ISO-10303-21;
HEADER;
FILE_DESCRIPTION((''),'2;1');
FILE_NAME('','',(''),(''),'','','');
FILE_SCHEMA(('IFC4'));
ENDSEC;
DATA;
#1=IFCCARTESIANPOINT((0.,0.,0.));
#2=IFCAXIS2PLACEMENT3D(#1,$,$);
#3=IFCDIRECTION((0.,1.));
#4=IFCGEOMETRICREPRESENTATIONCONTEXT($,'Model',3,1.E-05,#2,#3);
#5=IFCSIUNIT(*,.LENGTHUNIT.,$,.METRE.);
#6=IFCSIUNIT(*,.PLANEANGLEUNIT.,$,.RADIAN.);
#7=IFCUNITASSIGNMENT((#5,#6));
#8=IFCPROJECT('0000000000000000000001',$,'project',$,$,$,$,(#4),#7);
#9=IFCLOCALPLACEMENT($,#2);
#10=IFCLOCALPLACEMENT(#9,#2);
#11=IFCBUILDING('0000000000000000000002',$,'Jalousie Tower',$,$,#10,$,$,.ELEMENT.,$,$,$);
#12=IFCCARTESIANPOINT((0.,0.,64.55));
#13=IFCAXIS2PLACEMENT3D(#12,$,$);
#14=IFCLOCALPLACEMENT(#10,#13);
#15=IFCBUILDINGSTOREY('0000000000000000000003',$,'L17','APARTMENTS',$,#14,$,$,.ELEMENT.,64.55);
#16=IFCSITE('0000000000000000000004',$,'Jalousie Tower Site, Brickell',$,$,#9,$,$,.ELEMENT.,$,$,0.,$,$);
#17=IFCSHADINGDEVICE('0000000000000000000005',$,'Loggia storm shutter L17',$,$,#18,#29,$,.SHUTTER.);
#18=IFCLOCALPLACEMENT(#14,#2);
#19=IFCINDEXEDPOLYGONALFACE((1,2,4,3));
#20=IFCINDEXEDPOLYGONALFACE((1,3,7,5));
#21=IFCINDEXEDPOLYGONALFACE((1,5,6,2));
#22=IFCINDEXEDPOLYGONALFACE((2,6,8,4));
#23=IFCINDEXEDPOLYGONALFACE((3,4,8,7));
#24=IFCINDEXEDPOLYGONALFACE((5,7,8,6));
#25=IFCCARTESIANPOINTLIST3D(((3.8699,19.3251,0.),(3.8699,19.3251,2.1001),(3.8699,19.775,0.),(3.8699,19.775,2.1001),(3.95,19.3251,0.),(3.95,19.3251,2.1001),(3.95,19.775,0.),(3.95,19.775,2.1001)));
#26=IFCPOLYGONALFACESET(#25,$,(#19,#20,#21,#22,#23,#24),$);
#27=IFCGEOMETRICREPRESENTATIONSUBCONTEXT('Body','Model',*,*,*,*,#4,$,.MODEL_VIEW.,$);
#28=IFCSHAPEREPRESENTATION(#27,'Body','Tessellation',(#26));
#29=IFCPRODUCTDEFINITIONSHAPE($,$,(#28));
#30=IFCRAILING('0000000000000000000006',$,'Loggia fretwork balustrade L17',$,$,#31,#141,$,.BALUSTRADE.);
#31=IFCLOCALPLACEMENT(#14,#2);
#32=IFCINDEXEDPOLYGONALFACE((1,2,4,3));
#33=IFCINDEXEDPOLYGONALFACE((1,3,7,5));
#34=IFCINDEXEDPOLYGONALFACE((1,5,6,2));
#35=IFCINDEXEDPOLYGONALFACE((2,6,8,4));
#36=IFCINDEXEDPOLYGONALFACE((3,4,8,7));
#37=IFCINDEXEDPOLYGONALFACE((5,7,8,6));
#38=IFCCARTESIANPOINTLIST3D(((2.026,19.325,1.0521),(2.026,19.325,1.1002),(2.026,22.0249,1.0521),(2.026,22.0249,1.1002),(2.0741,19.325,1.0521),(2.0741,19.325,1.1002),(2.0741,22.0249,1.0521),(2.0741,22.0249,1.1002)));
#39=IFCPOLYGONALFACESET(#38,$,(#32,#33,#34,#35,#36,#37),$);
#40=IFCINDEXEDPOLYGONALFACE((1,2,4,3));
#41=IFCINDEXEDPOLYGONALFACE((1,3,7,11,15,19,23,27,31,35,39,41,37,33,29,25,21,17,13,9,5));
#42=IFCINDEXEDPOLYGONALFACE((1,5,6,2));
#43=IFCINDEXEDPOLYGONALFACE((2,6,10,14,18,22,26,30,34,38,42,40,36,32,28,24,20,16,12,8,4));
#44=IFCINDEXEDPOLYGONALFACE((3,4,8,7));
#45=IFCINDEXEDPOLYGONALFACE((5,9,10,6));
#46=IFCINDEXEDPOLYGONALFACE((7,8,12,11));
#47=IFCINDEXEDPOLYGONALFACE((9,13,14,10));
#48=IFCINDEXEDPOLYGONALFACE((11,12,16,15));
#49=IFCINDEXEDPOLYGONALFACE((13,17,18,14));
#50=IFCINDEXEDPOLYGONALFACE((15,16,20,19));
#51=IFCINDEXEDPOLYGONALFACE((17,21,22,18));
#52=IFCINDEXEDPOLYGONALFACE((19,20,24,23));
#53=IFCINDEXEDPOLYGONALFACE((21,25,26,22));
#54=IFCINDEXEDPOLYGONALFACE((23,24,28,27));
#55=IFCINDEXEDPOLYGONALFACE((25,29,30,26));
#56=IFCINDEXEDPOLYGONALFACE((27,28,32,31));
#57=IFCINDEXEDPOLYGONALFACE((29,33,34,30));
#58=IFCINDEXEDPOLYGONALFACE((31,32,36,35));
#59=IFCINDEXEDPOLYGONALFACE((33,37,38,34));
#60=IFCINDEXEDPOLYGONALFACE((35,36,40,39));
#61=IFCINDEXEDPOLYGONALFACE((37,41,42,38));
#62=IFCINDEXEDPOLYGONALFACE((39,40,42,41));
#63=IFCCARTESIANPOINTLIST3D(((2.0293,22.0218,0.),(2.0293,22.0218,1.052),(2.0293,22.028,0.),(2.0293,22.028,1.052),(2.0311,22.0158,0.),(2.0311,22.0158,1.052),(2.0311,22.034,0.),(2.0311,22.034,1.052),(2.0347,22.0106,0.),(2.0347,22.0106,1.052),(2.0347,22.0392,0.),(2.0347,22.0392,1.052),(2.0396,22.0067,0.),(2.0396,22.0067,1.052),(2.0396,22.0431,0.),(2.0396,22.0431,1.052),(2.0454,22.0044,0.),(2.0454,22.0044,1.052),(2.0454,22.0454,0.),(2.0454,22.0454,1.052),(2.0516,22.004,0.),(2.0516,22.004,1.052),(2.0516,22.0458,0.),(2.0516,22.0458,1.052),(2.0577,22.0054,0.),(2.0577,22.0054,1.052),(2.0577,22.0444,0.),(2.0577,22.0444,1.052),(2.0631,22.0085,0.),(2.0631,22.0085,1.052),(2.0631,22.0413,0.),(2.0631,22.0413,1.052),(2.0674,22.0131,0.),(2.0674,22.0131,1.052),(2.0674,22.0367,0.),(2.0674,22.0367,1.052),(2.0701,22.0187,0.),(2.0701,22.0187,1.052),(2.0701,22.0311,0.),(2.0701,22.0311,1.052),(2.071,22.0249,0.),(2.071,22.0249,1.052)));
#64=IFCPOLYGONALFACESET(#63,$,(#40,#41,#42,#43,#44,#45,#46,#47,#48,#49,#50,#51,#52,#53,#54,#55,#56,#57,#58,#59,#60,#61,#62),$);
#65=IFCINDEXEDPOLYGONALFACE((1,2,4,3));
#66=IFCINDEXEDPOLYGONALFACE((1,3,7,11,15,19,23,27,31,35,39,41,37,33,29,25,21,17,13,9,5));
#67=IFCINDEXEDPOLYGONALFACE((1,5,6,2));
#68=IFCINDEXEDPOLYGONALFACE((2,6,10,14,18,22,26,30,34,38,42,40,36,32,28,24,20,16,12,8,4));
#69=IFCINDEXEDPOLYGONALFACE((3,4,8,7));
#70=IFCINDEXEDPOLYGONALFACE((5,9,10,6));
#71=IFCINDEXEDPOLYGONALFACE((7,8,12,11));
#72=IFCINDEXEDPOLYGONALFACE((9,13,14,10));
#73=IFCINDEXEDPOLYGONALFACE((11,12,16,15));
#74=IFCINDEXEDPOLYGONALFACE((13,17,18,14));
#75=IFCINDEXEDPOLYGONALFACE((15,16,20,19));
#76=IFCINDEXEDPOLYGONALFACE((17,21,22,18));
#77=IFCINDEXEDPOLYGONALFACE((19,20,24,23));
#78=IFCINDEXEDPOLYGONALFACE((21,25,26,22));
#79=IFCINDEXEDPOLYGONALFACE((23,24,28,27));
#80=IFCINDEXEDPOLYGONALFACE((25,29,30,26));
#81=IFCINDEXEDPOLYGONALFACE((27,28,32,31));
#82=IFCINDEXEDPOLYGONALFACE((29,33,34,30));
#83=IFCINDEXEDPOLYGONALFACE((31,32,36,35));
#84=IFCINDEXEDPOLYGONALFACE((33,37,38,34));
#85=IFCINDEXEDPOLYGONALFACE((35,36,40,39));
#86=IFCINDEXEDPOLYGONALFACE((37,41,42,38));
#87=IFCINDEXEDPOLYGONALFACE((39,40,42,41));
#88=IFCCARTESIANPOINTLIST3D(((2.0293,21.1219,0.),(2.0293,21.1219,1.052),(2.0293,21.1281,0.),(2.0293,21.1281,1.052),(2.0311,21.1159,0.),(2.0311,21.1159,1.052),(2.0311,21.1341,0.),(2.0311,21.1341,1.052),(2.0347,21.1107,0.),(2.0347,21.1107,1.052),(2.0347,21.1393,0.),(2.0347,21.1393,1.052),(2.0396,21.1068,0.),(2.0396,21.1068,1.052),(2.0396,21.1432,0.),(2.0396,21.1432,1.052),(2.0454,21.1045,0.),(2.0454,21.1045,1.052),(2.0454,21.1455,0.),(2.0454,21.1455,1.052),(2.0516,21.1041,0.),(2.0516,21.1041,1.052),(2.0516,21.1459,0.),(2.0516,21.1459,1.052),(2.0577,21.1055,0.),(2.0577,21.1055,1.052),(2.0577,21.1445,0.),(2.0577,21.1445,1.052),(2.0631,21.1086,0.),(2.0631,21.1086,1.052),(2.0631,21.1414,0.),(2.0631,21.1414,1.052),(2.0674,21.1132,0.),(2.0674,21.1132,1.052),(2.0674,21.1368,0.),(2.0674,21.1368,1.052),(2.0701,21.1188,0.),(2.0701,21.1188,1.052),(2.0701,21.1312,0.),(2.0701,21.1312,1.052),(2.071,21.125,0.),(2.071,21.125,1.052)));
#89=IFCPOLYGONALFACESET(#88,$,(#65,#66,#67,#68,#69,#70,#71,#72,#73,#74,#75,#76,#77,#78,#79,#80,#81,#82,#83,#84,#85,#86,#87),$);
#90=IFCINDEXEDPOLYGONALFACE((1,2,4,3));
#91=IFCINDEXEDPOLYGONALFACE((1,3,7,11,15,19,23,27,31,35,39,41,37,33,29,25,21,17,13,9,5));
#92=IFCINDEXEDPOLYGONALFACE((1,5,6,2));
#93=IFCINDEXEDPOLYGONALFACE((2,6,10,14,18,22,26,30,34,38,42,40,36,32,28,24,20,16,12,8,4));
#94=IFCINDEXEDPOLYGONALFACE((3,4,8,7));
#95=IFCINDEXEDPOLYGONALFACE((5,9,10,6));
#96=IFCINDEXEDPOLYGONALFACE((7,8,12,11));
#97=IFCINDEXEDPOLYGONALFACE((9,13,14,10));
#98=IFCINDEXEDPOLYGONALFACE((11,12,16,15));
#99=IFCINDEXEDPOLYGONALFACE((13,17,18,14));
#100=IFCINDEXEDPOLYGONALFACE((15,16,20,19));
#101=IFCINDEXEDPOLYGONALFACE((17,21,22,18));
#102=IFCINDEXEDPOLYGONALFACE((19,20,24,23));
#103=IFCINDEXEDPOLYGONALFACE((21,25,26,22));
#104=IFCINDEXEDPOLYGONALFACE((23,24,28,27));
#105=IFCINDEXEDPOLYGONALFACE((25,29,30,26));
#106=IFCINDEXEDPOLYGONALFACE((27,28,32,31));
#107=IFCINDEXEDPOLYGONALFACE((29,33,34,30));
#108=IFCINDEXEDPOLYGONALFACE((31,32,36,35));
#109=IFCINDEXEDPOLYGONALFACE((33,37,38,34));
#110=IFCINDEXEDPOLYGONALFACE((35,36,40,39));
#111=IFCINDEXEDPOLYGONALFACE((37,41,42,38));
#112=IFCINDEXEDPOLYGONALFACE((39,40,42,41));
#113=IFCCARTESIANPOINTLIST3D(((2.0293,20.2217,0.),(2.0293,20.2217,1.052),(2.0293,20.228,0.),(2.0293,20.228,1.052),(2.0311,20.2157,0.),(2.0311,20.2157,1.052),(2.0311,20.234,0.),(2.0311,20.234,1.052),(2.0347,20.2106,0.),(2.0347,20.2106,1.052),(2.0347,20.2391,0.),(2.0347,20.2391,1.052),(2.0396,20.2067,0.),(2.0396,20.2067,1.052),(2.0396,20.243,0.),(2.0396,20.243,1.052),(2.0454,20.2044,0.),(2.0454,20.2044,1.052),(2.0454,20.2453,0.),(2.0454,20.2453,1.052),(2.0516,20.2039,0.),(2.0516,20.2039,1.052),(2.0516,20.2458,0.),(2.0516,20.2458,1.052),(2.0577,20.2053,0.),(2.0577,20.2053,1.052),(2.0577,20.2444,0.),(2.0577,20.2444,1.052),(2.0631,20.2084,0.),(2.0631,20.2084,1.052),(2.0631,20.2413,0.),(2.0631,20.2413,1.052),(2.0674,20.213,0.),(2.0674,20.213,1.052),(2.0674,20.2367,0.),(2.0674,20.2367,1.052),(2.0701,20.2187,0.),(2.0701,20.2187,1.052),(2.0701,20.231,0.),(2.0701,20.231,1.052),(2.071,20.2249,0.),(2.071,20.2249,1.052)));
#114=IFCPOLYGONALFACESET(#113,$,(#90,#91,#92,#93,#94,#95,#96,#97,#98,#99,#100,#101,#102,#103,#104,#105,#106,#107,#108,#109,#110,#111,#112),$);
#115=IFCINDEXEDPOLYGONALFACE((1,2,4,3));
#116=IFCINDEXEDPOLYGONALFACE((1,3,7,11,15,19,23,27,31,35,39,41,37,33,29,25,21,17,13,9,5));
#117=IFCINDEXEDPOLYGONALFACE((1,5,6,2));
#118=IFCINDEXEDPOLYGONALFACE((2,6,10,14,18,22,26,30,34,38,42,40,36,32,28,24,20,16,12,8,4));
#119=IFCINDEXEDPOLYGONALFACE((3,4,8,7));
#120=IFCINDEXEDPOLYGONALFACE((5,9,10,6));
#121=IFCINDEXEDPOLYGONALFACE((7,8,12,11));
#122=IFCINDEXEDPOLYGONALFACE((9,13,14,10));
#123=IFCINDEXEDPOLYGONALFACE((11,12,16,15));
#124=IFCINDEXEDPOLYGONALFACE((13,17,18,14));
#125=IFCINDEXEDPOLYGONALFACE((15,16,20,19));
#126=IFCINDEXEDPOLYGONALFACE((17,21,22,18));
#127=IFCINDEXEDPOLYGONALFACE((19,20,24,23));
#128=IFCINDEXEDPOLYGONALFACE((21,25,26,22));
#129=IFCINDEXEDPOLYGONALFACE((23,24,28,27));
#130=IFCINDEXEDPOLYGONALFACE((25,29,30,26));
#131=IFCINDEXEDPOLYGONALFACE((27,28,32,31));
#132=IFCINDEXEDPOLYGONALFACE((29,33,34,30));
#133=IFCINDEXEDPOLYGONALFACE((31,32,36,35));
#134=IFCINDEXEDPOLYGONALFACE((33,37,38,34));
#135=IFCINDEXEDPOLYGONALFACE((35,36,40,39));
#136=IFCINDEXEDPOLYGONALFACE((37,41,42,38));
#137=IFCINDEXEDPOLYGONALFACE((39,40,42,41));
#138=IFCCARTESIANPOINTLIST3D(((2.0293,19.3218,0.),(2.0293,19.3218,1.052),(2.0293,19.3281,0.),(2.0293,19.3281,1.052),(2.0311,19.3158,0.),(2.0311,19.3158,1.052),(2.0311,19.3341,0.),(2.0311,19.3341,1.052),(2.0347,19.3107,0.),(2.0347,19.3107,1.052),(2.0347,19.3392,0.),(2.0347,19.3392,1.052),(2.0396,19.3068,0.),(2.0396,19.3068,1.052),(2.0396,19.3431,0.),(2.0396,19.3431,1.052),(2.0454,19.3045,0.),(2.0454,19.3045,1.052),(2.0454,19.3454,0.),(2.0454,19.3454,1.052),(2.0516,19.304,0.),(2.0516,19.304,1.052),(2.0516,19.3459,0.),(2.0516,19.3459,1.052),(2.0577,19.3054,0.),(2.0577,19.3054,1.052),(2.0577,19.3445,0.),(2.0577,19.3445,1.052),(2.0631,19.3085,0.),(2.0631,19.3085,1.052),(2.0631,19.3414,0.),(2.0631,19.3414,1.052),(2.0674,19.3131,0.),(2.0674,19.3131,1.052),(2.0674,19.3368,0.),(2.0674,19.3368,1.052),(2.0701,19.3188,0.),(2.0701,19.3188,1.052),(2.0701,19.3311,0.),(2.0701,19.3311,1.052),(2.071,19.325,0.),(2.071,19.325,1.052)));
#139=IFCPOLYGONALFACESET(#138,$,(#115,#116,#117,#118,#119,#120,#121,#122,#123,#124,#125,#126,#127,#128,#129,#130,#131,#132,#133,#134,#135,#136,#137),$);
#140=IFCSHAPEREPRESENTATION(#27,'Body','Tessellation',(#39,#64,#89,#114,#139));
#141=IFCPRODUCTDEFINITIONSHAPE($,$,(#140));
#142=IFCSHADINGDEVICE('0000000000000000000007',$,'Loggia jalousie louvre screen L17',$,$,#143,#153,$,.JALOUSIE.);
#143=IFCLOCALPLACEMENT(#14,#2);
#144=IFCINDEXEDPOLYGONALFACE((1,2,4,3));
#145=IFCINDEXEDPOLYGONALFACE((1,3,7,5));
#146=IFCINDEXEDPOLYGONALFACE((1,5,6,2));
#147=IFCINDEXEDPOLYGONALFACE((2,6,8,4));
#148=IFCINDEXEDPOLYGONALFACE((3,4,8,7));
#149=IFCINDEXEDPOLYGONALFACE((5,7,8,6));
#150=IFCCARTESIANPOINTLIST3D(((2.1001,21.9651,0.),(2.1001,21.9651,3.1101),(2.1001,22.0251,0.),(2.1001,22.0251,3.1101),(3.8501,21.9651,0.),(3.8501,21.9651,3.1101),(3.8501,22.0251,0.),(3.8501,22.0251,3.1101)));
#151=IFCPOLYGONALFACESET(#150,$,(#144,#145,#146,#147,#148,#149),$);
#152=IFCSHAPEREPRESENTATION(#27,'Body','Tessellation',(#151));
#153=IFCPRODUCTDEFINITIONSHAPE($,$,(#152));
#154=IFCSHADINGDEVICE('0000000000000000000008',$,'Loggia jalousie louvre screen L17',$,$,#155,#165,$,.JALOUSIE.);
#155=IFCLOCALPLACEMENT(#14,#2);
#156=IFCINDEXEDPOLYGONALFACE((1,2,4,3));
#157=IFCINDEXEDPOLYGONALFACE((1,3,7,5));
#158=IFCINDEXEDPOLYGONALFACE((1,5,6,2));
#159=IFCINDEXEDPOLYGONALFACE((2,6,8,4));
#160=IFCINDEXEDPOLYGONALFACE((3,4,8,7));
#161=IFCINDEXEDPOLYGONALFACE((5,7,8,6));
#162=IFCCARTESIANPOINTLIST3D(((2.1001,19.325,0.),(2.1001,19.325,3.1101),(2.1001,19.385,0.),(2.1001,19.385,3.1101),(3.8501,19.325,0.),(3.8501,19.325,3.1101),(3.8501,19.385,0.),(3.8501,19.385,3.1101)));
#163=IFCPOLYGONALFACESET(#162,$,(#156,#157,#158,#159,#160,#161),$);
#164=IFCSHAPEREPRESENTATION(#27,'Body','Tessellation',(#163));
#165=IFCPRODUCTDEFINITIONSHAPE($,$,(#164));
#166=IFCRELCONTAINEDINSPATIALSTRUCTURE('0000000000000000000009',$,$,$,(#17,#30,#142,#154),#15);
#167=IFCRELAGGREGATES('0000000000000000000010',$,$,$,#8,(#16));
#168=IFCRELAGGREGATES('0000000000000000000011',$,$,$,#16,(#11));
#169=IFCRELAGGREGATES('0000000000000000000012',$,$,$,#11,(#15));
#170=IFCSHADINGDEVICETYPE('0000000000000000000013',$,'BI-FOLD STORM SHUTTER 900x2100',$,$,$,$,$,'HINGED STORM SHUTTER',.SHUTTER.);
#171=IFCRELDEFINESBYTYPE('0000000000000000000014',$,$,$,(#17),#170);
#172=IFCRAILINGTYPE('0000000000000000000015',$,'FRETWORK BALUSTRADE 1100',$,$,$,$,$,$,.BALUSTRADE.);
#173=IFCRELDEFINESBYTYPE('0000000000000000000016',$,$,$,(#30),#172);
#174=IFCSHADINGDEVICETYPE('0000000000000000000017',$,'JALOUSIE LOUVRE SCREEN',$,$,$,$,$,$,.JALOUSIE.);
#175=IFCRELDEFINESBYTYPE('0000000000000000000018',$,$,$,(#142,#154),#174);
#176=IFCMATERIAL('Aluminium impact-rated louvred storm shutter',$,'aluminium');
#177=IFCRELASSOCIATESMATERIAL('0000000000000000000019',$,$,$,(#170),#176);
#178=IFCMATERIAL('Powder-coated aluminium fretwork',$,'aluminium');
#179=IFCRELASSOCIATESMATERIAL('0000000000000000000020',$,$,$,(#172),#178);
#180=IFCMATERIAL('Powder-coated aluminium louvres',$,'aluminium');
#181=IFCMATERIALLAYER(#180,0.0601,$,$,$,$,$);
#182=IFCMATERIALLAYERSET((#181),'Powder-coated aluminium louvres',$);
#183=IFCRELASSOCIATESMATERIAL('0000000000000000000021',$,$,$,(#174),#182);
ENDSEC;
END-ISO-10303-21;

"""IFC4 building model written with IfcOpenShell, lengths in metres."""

from ifc_helpers import new_model, si_unit, direction, frame, origin, origin_2d, place, context, subcontext, project, spatial, rectangle, circle, extrude, material, layer, layer_set, type_object, element, save


model = new_model("IFC4")

# Units and contexts
model_context = context("Model", 3, precision=1e-05, world=origin(), true_north=direction((0.0, 1.0)))
body_context = subcontext(model_context, "Body", "Model", "MODEL_VIEW")
ifc_project = project(units=[si_unit("LENGTHUNIT", "METRE"), si_unit("PLANEANGLEUNIT", "RADIAN")], contexts=[model_context])

# Site, building, storey
site_placement = place(None, origin())
site = spatial("IfcSite", under=ifc_project, at=site_placement, Name="Jalousie Tower Site, Brickell", CompositionType="ELEMENT", RefElevation=0.0)
building_placement = place(site_placement, origin())
building = spatial("IfcBuilding", under=site, at=building_placement, Name="Jalousie Tower", CompositionType="ELEMENT")
storey_placement = place(building_placement, frame((0.0, 0.0, 64.55)))
storey = spatial("IfcBuildingStorey", under=building, at=storey_placement, Name="L17", Description="APARTMENTS", CompositionType="ELEMENT", Elevation=64.55)

# Shading device
ifc_material_1 = material(Name="Aluminium impact-rated louvred storm shutter", Category="aluminium")
shading_device_type_1 = type_object("IfcShadingDeviceType", Name="BI-FOLD STORM SHUTTER 900x2100", ElementType="HINGED STORM SHUTTER", PredefinedType="SHUTTER", material=ifc_material_1)
for number, where, z_axis, x_axis, name in (
    (1, (3.9099, 19.55, 0.0), (0.0, 0.0, 1.0), (0.0, -1.0, 0.0), "Loggia storm shutter L17"),
):
    element("IfcShadingDevice", number, at=place(storey_placement, frame(where, z_axis=z_axis, x_axis=x_axis)), inside=storey, type_object=shading_device_type_1, Name=name, PredefinedType="SHUTTER", context=body_context, shape_type="SweptSolid", body=[
        extrude(rectangle(XDim=0.45, YDim=0.0801, at=origin_2d()), origin(), (0.0, 0.0, 1.0), 2.1001),
    ])

# Railing
ifc_material_2 = material(Name="Powder-coated aluminium fretwork", Category="aluminium")
railing_type = type_object("IfcRailingType", Name="FRETWORK BALUSTRADE 1100", PredefinedType="BALUSTRADE", material=ifc_material_2)
railing_placement = place(storey_placement, frame((2.05, 22.0249, 0.0)))
element("IfcRailing", 2, at=railing_placement, inside=storey, type_object=railing_type, Name="Loggia fretwork balustrade L17", PredefinedType="BALUSTRADE", context=body_context, shape_type="SweptSolid", body=[
    extrude(rectangle(XDim=0.0481, YDim=0.0481, at=origin_2d()), frame((0.0, 0.0, 1.0762), z_axis=(0.0, -1.0, 0.0), x_axis=(1.0, 0.0, 0.0)), (0.0, 0.0, 1.0), 2.7),
    extrude(circle(Radius=0.021, at=origin_2d()), origin(), (0.0, 0.0, 1.0), 1.052),
    extrude(circle(Radius=0.021, at=origin_2d()), frame((0.0, -0.8999, 0.0)), (0.0, 0.0, 1.0), 1.052),
    extrude(circle(Radius=0.021, at=origin_2d()), frame((0.0, -1.8, 0.0)), (0.0, 0.0, 1.0), 1.052),
    extrude(circle(Radius=0.021, at=origin_2d()), frame((0.0, -2.7, 0.0)), (0.0, 0.0, 1.0), 1.052),
])

# Shading devices
ifc_material_3 = material(Name="Powder-coated aluminium louvres", Category="aluminium")
ifc_layer_1 = layer(ifc_material_3, 0.0601)
ifc_layer_set_1 = layer_set([ifc_layer_1], Name="Powder-coated aluminium louvres")
shading_device_type_2 = type_object("IfcShadingDeviceType", Name="JALOUSIE LOUVRE SCREEN", PredefinedType="JALOUSIE", material=ifc_layer_set_1)
for number, where, z_axis, x_axis, name in (
    (3, (2.9751, 21.9951, 0.0), (0.0, 0.0, 1.0), (0.0, -1.0, 0.0), "Loggia jalousie louvre screen L17"),
    (4, (2.9751, 19.355, 0.0), (0.0, 0.0, 1.0), (0.0, -1.0, 0.0), "Loggia jalousie louvre screen L17"),
):
    element("IfcShadingDevice", number, at=place(storey_placement, frame(where, z_axis=z_axis, x_axis=x_axis)), inside=storey, type_object=shading_device_type_2, Name=name, PredefinedType="JALOUSIE", context=body_context, shape_type="SweptSolid", body=[
        extrude(rectangle(XDim=0.0601, YDim=1.75, at=origin_2d()), origin(), (0.0, 0.0, 1.0), 3.1101),
    ])

save(model, "model.ifc")
